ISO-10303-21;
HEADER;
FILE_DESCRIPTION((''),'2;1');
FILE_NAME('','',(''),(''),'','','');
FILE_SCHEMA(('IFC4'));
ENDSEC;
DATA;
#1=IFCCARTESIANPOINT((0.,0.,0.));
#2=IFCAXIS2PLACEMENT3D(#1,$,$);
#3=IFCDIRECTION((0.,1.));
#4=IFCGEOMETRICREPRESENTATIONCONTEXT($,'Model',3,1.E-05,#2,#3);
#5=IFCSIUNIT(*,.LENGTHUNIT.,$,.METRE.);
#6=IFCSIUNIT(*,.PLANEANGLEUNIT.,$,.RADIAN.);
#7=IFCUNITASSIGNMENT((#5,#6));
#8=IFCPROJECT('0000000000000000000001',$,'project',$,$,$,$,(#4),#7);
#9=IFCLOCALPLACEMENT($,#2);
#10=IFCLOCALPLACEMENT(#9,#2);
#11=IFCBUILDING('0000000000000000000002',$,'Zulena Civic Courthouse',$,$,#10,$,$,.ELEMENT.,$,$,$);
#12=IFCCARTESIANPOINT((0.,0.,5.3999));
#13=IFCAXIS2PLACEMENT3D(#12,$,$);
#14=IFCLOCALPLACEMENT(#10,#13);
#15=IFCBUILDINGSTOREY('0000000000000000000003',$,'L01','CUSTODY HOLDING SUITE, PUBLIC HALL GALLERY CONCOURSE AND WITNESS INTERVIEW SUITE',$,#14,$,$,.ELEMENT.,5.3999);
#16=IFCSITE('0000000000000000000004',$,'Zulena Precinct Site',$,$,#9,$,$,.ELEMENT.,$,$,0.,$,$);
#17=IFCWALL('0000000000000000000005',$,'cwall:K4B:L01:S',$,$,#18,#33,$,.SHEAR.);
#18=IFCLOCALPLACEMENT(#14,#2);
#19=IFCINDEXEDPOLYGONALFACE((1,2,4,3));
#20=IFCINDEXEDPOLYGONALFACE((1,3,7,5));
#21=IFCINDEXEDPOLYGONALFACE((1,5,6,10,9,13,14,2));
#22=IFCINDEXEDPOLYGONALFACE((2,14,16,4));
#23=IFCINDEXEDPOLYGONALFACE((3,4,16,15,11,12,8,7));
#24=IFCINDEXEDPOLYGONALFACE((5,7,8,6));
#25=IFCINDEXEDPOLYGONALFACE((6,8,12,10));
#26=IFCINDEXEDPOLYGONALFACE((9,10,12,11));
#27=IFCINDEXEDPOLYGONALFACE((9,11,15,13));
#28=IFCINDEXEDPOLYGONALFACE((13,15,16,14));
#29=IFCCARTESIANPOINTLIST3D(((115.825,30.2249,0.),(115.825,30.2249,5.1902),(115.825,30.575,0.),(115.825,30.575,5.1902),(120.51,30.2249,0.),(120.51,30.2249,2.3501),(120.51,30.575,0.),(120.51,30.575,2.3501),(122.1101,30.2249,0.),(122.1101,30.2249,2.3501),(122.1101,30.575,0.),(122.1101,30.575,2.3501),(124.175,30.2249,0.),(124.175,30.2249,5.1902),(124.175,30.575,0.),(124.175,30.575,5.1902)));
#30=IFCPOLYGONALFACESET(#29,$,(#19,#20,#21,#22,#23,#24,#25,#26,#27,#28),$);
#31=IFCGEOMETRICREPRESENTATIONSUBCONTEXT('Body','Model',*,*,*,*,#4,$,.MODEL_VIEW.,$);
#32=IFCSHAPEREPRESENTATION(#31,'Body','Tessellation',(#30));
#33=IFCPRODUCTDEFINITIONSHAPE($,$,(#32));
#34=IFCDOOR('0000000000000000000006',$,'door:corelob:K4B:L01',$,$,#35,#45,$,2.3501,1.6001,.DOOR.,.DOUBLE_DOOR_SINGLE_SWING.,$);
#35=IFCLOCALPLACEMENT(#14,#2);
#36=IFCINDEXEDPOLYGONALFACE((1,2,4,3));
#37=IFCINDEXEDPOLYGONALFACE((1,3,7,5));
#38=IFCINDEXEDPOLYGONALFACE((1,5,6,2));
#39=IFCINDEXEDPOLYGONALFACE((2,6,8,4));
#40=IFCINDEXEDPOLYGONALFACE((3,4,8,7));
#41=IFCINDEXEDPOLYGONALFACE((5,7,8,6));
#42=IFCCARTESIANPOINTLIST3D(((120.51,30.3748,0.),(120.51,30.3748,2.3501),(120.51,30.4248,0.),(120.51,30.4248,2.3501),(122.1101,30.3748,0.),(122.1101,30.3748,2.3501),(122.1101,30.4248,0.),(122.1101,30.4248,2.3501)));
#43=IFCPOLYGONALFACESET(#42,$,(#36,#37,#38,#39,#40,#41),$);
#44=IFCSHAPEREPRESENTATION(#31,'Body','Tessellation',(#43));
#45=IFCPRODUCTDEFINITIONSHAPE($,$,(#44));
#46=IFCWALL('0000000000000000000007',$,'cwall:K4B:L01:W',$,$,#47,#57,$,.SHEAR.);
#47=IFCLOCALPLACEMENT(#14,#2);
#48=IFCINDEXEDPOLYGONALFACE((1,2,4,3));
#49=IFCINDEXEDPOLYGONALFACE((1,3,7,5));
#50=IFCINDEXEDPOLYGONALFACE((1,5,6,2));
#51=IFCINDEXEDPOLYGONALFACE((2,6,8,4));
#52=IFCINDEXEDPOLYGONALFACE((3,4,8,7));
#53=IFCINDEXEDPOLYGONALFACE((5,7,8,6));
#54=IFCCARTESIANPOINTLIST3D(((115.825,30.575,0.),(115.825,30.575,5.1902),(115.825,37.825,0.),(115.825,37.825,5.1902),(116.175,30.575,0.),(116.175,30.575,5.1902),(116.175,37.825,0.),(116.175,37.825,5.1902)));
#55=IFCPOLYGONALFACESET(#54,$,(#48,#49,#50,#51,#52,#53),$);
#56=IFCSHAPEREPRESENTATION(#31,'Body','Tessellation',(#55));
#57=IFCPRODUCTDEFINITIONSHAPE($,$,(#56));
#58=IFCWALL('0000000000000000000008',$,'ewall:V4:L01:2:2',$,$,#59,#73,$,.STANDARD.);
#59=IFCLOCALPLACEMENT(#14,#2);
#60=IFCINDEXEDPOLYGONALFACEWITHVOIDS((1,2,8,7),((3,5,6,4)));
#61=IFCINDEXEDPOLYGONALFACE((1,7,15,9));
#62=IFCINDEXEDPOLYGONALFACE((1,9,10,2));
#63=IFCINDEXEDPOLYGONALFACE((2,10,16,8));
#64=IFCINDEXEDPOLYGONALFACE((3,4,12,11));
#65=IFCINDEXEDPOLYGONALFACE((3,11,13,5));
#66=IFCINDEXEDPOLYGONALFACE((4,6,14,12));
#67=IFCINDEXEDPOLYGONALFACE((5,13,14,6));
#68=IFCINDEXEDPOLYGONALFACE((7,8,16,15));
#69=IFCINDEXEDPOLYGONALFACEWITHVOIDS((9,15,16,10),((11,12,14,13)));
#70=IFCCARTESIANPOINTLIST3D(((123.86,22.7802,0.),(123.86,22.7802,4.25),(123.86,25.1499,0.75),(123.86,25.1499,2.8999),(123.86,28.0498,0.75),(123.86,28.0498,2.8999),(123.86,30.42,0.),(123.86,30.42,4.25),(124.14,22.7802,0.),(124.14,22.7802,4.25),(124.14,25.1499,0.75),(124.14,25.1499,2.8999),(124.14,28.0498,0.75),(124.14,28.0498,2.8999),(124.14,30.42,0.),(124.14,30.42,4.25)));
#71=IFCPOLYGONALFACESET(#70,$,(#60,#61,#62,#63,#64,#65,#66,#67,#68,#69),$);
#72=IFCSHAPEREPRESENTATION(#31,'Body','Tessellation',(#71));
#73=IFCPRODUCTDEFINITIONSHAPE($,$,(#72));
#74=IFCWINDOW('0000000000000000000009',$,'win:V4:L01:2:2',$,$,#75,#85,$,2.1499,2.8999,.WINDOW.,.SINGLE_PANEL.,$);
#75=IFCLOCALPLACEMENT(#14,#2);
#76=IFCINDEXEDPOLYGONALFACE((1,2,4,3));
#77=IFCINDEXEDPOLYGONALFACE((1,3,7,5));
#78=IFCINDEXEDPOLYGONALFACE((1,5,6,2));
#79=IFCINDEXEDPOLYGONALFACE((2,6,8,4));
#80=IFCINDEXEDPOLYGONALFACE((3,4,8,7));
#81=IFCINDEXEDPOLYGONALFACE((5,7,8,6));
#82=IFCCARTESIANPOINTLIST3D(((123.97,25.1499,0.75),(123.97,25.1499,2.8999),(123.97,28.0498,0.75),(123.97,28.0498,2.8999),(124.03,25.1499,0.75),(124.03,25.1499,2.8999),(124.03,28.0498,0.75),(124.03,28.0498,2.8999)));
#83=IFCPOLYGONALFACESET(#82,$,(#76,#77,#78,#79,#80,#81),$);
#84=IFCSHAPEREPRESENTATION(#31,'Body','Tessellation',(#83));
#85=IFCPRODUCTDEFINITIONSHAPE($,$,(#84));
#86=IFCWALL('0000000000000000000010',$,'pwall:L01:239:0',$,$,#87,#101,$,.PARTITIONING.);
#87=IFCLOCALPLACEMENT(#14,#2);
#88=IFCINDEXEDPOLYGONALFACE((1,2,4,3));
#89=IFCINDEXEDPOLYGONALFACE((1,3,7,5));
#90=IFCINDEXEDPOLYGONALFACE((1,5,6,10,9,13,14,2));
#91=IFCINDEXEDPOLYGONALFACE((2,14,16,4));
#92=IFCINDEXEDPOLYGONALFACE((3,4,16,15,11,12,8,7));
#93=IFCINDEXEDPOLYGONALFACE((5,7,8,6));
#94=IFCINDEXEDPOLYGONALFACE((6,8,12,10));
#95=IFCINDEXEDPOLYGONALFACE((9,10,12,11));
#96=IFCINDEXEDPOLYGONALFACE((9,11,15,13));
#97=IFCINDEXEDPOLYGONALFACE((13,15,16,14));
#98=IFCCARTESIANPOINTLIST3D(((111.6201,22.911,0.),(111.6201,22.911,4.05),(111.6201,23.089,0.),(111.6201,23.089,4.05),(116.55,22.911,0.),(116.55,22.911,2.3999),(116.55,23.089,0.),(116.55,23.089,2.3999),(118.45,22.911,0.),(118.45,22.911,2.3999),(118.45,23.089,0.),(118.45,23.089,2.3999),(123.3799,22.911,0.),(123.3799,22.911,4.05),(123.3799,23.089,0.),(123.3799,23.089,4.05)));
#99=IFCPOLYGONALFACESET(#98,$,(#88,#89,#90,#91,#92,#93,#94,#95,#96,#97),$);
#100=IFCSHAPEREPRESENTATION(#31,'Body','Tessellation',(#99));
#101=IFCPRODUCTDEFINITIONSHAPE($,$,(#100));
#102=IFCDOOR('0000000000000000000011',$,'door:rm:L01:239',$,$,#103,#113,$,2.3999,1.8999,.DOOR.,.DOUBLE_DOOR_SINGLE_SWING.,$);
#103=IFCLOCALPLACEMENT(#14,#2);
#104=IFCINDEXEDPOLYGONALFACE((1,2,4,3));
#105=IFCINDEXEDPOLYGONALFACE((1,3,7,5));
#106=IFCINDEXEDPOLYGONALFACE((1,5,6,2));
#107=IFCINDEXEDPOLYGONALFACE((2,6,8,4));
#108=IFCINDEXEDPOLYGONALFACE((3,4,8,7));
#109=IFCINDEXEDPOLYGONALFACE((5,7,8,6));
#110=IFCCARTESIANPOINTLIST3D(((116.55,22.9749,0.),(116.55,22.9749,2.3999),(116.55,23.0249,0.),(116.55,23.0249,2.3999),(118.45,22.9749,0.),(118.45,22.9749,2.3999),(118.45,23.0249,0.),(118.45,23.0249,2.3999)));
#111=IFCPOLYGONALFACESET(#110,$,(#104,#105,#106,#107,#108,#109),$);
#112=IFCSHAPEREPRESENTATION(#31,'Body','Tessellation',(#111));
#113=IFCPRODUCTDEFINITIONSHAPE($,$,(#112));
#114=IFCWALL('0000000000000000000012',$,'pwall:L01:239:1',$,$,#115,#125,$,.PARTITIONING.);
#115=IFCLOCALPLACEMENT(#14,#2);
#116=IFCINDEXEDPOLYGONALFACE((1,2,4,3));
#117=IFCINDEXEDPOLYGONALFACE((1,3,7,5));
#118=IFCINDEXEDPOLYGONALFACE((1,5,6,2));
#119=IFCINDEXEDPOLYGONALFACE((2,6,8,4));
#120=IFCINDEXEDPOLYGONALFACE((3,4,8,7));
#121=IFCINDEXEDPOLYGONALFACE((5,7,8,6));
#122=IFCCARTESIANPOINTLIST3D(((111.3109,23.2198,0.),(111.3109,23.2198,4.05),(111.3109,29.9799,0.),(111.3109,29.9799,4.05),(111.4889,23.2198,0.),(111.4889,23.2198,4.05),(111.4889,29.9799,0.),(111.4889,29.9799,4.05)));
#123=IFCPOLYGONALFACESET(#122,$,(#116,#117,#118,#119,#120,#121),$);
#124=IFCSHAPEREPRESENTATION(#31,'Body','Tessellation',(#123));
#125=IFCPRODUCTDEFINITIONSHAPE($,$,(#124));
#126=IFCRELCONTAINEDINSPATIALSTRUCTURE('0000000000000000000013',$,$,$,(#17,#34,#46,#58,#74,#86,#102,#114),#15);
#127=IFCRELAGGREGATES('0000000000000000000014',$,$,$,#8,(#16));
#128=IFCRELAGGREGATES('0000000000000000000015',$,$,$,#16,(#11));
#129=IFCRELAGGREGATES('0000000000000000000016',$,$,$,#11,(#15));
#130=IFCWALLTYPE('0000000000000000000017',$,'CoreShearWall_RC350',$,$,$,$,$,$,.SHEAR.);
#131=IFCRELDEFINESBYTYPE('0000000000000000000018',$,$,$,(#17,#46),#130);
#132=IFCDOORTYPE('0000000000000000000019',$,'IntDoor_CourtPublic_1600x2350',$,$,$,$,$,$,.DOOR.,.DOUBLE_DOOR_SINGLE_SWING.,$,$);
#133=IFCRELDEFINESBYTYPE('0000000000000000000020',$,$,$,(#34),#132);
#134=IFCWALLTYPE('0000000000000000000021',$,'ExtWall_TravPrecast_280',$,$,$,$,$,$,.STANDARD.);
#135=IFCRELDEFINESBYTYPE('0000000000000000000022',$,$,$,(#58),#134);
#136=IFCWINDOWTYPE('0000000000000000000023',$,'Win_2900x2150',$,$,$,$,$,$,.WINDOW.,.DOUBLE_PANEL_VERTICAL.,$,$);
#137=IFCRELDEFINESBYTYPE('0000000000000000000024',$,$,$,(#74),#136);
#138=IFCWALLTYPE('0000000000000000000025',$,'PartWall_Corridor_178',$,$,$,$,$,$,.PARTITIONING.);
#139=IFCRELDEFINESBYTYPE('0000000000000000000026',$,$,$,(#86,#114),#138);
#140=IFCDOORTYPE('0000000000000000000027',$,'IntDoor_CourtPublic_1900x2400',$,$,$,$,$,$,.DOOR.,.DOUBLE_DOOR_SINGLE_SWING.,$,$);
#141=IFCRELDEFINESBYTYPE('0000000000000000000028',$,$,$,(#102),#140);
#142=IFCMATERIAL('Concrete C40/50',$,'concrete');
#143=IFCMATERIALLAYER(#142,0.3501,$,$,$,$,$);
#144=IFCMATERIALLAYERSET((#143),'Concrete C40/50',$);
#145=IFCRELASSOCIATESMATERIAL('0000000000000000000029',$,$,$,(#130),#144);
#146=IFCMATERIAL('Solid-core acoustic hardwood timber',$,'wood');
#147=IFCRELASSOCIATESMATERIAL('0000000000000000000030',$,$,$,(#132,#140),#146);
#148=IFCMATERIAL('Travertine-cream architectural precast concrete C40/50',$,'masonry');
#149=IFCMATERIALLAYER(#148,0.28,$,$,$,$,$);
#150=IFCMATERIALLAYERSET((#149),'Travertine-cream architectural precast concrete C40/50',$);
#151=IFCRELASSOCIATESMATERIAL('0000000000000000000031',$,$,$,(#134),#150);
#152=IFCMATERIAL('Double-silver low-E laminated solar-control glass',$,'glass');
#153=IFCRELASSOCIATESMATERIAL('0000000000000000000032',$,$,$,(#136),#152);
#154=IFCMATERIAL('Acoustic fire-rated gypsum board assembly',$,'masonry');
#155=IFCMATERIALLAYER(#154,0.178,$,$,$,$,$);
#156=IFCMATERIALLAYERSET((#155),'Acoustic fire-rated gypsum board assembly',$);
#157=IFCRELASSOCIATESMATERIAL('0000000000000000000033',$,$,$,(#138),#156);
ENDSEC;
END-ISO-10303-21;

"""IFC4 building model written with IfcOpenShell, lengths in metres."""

from ifc_helpers import new_model, si_unit, direction, frame, frame_2d, origin, place, context, subcontext, project, spatial, rectangle, extrude, material, layer, layer_set, type_object, element, fill, save


model = new_model("IFC4")

# Units and contexts
model_context = context("Model", 3, precision=1e-05, world=origin(), true_north=direction((0.0, 1.0)))
body_context = subcontext(model_context, "Body", "Model", "MODEL_VIEW")
ifc_project = project(units=[si_unit("LENGTHUNIT", "METRE"), si_unit("PLANEANGLEUNIT", "RADIAN")], contexts=[model_context])

# Site, building, storey
site_placement = place(None, origin())
site = spatial("IfcSite", under=ifc_project, at=site_placement, Name="Zulena Precinct Site", CompositionType="ELEMENT", RefElevation=0.0)
building_placement = place(site_placement, origin())
building = spatial("IfcBuilding", under=site, at=building_placement, Name="Zulena Civic Courthouse", CompositionType="ELEMENT")
storey_placement = place(building_placement, frame((0.0, 0.0, 5.3999)))
storey = spatial("IfcBuildingStorey", under=building, at=storey_placement, Name="L01", Description="CUSTODY HOLDING SUITE, PUBLIC HALL GALLERY CONCOURSE AND WITNESS INTERVIEW SUITE", CompositionType="ELEMENT", Elevation=5.3999)

# Wall, opening, door
ifc_material_1 = material(Name="Concrete C40/50", Category="concrete")
ifc_layer_1 = layer(ifc_material_1, 0.3501)
ifc_layer_set_1 = layer_set([ifc_layer_1], Name="Concrete C40/50")
wall_type_1 = type_object("IfcWallType", Name="CoreShearWall_RC350", PredefinedType="SHEAR", material=ifc_layer_set_1)
wall_1_placement = place(storey_placement, frame((115.825, 30.3999, 0.0), z_axis=(0.0, 0.0, 1.0), x_axis=(1.0, 0.0, 0.0)))
wall_1 = element("IfcWall", 1, at=wall_1_placement, inside=storey, type_object=wall_type_1, Name="cwall:K4B:L01:S", PredefinedType="SHEAR", context=body_context, shape_type="SweptSolid", body=[
    extrude(rectangle(XDim=8.3501, YDim=0.3501, at=frame_2d((4.175, 0.0))), origin(), (0.0, 0.0, 1.0), 5.1902),
])
opening_1_placement = place(wall_1_placement, frame((4.6851, 0.0, 0.0)))
opening_1 = element("IfcOpeningElement", 2, at=opening_1_placement, cuts=wall_1, PredefinedType="OPENING", context=body_context, shape_type="SweptSolid", body=[
    extrude(rectangle(XDim=1.6001, YDim=2.3501, at=frame_2d((0.8, 1.175))), frame((0.0, 0.1851, 0.0), z_axis=(0.0, -1.0, 0.0), x_axis=(1.0, 0.0, 0.0)), (0.0, 0.0, 1.0), 0.3701),
])
ifc_material_2 = material(Name="Solid-core acoustic hardwood timber", Category="wood")
door_type_1 = type_object("IfcDoorType", Name="IntDoor_CourtPublic_1600x2350", OperationType="DOUBLE_DOOR_SINGLE_SWING", PredefinedType="DOOR", material=ifc_material_2)
door_1_placement = place(opening_1_placement, origin())
door_1 = element("IfcDoor", 3, at=door_1_placement, inside=storey, type_object=door_type_1, Name="door:corelob:K4B:L01", OperationType="DOUBLE_DOOR_SINGLE_SWING", OverallHeight=2.3501, OverallWidth=1.6001, PredefinedType="DOOR", context=body_context, shape_type="SweptSolid", body=[
    extrude(rectangle(XDim=1.6001, YDim=2.3501, at=frame_2d((0.8, 1.175))), frame((0.0, 0.0249, 0.0), z_axis=(0.0, -1.0, 0.0), x_axis=(1.0, 0.0, 0.0)), (0.0, 0.0, 1.0), 0.05),
])
fill(opening_1, door_1)

# Wall
wall_2_placement = place(storey_placement, frame((116.0, 30.575, 0.0), z_axis=(0.0, 0.0, 1.0), x_axis=(0.0, 1.0, 0.0)))
element("IfcWall", 4, at=wall_2_placement, inside=storey, type_object=wall_type_1, Name="cwall:K4B:L01:W", PredefinedType="SHEAR", context=body_context, shape_type="SweptSolid", body=[
    extrude(rectangle(XDim=7.25, YDim=0.3501, at=frame_2d((3.625, 0.0))), origin(), (0.0, 0.0, 1.0), 5.1902),
])

# Wall, opening, window
ifc_material_3 = material(Name="Travertine-cream architectural precast concrete C40/50", Category="masonry")
ifc_layer_2 = layer(ifc_material_3, 0.28)
ifc_layer_set_2 = layer_set([ifc_layer_2], Name="Travertine-cream architectural precast concrete C40/50")
wall_type_2 = type_object("IfcWallType", Name="ExtWall_TravPrecast_280", PredefinedType="STANDARD", material=ifc_layer_set_2)
wall_3_placement = place(storey_placement, frame((124.0, 30.4199, 0.0), z_axis=(0.0, 0.0, 1.0), x_axis=(0.0, -1.0, 0.0)))
wall_3 = element("IfcWall", 5, at=wall_3_placement, inside=storey, type_object=wall_type_2, Name="ewall:V4:L01:2:2", PredefinedType="STANDARD", context=body_context, shape_type="SweptSolid", body=[
    extrude(rectangle(XDim=7.6399, YDim=0.28, at=frame_2d((3.8198, 0.0))), origin(), (0.0, 0.0, 1.0), 4.25),
])
opening_2_placement = place(wall_3_placement, frame((2.3701, 0.0, 0.75)))
opening_2 = element("IfcOpeningElement", 6, at=opening_2_placement, cuts=wall_3, PredefinedType="OPENING", context=body_context, shape_type="SweptSolid", body=[
    extrude(rectangle(XDim=2.8999, YDim=2.1499, at=frame_2d((1.45, 1.075))), frame((0.0, 0.1499, 0.0), z_axis=(0.0, -1.0, 0.0), x_axis=(1.0, 0.0, 0.0)), (0.0, 0.0, 1.0), 0.3),
])
ifc_material_4 = material(Name="Double-silver low-E laminated solar-control glass", Category="glass")
window_type = type_object("IfcWindowType", Name="Win_2900x2150", PartitioningType="DOUBLE_PANEL_VERTICAL", PredefinedType="WINDOW", material=ifc_material_4)
window_placement = place(opening_2_placement, origin())
window = element("IfcWindow", 7, at=window_placement, inside=storey, type_object=window_type, Name="win:V4:L01:2:2", OverallHeight=2.1499, OverallWidth=2.8999, PartitioningType="SINGLE_PANEL", PredefinedType="WINDOW", context=body_context, shape_type="SweptSolid", body=[
    extrude(rectangle(XDim=2.8999, YDim=2.1499, at=frame_2d((1.45, 1.075))), frame((0.0, 0.03, 0.0), z_axis=(0.0, -1.0, 0.0), x_axis=(1.0, 0.0, 0.0)), (0.0, 0.0, 1.0), 0.0601),
])
fill(opening_2, window)

# Wall, opening, door
ifc_material_5 = material(Name="Acoustic fire-rated gypsum board assembly", Category="masonry")
ifc_layer_3 = layer(ifc_material_5, 0.178)
ifc_layer_set_3 = layer_set([ifc_layer_3], Name="Acoustic fire-rated gypsum board assembly")
wall_type_3 = type_object("IfcWallType", Name="PartWall_Corridor_178", PredefinedType="PARTITIONING", material=ifc_layer_set_3)
wall_4_placement = place(storey_placement, frame((111.6201, 23.0, 0.0), z_axis=(0.0, 0.0, 1.0), x_axis=(1.0, 0.0, 0.0)))
wall_4 = element("IfcWall", 8, at=wall_4_placement, inside=storey, type_object=wall_type_3, Name="pwall:L01:239:0", PredefinedType="PARTITIONING", context=body_context, shape_type="SweptSolid", body=[
    extrude(rectangle(XDim=11.7598, YDim=0.178, at=frame_2d((5.8799, 0.0))), origin(), (0.0, 0.0, 1.0), 4.05),
])
opening_3_placement = place(wall_4_placement, frame((4.9299, 0.0, 0.0)))
opening_3 = element("IfcOpeningElement", 9, at=opening_3_placement, cuts=wall_4, PredefinedType="OPENING", context=body_context, shape_type="SweptSolid", body=[
    extrude(rectangle(XDim=1.8999, YDim=2.3999, at=frame_2d((0.95, 1.2))), frame((0.0, 0.0989, 0.0), z_axis=(0.0, -1.0, 0.0), x_axis=(1.0, 0.0, 0.0)), (0.0, 0.0, 1.0), 0.198),
])
door_type_2 = type_object("IfcDoorType", Name="IntDoor_CourtPublic_1900x2400", OperationType="DOUBLE_DOOR_SINGLE_SWING", PredefinedType="DOOR", material=ifc_material_2)
door_2_placement = place(opening_3_placement, origin())
door_2 = element("IfcDoor", 10, at=door_2_placement, inside=storey, type_object=door_type_2, Name="door:rm:L01:239", OperationType="DOUBLE_DOOR_SINGLE_SWING", OverallHeight=2.3999, OverallWidth=1.8999, PredefinedType="DOOR", context=body_context, shape_type="SweptSolid", body=[
    extrude(rectangle(XDim=1.8999, YDim=2.3999, at=frame_2d((0.95, 1.2))), frame((0.0, 0.0249, 0.0), z_axis=(0.0, -1.0, 0.0), x_axis=(1.0, 0.0, 0.0)), (0.0, 0.0, 1.0), 0.05),
])
fill(opening_3, door_2)

# Wall
wall_5_placement = place(storey_placement, frame((111.3999, 23.22, 0.0), z_axis=(0.0, 0.0, 1.0), x_axis=(0.0, 1.0, 0.0)))
element("IfcWall", 11, at=wall_5_placement, inside=storey, type_object=wall_type_3, Name="pwall:L01:239:1", PredefinedType="PARTITIONING", context=body_context, shape_type="SweptSolid", body=[
    extrude(rectangle(XDim=6.76, YDim=0.178, at=frame_2d((3.3799, 0.0))), origin(), (0.0, 0.0, 1.0), 4.05),
])

save(model, "model.ifc")
